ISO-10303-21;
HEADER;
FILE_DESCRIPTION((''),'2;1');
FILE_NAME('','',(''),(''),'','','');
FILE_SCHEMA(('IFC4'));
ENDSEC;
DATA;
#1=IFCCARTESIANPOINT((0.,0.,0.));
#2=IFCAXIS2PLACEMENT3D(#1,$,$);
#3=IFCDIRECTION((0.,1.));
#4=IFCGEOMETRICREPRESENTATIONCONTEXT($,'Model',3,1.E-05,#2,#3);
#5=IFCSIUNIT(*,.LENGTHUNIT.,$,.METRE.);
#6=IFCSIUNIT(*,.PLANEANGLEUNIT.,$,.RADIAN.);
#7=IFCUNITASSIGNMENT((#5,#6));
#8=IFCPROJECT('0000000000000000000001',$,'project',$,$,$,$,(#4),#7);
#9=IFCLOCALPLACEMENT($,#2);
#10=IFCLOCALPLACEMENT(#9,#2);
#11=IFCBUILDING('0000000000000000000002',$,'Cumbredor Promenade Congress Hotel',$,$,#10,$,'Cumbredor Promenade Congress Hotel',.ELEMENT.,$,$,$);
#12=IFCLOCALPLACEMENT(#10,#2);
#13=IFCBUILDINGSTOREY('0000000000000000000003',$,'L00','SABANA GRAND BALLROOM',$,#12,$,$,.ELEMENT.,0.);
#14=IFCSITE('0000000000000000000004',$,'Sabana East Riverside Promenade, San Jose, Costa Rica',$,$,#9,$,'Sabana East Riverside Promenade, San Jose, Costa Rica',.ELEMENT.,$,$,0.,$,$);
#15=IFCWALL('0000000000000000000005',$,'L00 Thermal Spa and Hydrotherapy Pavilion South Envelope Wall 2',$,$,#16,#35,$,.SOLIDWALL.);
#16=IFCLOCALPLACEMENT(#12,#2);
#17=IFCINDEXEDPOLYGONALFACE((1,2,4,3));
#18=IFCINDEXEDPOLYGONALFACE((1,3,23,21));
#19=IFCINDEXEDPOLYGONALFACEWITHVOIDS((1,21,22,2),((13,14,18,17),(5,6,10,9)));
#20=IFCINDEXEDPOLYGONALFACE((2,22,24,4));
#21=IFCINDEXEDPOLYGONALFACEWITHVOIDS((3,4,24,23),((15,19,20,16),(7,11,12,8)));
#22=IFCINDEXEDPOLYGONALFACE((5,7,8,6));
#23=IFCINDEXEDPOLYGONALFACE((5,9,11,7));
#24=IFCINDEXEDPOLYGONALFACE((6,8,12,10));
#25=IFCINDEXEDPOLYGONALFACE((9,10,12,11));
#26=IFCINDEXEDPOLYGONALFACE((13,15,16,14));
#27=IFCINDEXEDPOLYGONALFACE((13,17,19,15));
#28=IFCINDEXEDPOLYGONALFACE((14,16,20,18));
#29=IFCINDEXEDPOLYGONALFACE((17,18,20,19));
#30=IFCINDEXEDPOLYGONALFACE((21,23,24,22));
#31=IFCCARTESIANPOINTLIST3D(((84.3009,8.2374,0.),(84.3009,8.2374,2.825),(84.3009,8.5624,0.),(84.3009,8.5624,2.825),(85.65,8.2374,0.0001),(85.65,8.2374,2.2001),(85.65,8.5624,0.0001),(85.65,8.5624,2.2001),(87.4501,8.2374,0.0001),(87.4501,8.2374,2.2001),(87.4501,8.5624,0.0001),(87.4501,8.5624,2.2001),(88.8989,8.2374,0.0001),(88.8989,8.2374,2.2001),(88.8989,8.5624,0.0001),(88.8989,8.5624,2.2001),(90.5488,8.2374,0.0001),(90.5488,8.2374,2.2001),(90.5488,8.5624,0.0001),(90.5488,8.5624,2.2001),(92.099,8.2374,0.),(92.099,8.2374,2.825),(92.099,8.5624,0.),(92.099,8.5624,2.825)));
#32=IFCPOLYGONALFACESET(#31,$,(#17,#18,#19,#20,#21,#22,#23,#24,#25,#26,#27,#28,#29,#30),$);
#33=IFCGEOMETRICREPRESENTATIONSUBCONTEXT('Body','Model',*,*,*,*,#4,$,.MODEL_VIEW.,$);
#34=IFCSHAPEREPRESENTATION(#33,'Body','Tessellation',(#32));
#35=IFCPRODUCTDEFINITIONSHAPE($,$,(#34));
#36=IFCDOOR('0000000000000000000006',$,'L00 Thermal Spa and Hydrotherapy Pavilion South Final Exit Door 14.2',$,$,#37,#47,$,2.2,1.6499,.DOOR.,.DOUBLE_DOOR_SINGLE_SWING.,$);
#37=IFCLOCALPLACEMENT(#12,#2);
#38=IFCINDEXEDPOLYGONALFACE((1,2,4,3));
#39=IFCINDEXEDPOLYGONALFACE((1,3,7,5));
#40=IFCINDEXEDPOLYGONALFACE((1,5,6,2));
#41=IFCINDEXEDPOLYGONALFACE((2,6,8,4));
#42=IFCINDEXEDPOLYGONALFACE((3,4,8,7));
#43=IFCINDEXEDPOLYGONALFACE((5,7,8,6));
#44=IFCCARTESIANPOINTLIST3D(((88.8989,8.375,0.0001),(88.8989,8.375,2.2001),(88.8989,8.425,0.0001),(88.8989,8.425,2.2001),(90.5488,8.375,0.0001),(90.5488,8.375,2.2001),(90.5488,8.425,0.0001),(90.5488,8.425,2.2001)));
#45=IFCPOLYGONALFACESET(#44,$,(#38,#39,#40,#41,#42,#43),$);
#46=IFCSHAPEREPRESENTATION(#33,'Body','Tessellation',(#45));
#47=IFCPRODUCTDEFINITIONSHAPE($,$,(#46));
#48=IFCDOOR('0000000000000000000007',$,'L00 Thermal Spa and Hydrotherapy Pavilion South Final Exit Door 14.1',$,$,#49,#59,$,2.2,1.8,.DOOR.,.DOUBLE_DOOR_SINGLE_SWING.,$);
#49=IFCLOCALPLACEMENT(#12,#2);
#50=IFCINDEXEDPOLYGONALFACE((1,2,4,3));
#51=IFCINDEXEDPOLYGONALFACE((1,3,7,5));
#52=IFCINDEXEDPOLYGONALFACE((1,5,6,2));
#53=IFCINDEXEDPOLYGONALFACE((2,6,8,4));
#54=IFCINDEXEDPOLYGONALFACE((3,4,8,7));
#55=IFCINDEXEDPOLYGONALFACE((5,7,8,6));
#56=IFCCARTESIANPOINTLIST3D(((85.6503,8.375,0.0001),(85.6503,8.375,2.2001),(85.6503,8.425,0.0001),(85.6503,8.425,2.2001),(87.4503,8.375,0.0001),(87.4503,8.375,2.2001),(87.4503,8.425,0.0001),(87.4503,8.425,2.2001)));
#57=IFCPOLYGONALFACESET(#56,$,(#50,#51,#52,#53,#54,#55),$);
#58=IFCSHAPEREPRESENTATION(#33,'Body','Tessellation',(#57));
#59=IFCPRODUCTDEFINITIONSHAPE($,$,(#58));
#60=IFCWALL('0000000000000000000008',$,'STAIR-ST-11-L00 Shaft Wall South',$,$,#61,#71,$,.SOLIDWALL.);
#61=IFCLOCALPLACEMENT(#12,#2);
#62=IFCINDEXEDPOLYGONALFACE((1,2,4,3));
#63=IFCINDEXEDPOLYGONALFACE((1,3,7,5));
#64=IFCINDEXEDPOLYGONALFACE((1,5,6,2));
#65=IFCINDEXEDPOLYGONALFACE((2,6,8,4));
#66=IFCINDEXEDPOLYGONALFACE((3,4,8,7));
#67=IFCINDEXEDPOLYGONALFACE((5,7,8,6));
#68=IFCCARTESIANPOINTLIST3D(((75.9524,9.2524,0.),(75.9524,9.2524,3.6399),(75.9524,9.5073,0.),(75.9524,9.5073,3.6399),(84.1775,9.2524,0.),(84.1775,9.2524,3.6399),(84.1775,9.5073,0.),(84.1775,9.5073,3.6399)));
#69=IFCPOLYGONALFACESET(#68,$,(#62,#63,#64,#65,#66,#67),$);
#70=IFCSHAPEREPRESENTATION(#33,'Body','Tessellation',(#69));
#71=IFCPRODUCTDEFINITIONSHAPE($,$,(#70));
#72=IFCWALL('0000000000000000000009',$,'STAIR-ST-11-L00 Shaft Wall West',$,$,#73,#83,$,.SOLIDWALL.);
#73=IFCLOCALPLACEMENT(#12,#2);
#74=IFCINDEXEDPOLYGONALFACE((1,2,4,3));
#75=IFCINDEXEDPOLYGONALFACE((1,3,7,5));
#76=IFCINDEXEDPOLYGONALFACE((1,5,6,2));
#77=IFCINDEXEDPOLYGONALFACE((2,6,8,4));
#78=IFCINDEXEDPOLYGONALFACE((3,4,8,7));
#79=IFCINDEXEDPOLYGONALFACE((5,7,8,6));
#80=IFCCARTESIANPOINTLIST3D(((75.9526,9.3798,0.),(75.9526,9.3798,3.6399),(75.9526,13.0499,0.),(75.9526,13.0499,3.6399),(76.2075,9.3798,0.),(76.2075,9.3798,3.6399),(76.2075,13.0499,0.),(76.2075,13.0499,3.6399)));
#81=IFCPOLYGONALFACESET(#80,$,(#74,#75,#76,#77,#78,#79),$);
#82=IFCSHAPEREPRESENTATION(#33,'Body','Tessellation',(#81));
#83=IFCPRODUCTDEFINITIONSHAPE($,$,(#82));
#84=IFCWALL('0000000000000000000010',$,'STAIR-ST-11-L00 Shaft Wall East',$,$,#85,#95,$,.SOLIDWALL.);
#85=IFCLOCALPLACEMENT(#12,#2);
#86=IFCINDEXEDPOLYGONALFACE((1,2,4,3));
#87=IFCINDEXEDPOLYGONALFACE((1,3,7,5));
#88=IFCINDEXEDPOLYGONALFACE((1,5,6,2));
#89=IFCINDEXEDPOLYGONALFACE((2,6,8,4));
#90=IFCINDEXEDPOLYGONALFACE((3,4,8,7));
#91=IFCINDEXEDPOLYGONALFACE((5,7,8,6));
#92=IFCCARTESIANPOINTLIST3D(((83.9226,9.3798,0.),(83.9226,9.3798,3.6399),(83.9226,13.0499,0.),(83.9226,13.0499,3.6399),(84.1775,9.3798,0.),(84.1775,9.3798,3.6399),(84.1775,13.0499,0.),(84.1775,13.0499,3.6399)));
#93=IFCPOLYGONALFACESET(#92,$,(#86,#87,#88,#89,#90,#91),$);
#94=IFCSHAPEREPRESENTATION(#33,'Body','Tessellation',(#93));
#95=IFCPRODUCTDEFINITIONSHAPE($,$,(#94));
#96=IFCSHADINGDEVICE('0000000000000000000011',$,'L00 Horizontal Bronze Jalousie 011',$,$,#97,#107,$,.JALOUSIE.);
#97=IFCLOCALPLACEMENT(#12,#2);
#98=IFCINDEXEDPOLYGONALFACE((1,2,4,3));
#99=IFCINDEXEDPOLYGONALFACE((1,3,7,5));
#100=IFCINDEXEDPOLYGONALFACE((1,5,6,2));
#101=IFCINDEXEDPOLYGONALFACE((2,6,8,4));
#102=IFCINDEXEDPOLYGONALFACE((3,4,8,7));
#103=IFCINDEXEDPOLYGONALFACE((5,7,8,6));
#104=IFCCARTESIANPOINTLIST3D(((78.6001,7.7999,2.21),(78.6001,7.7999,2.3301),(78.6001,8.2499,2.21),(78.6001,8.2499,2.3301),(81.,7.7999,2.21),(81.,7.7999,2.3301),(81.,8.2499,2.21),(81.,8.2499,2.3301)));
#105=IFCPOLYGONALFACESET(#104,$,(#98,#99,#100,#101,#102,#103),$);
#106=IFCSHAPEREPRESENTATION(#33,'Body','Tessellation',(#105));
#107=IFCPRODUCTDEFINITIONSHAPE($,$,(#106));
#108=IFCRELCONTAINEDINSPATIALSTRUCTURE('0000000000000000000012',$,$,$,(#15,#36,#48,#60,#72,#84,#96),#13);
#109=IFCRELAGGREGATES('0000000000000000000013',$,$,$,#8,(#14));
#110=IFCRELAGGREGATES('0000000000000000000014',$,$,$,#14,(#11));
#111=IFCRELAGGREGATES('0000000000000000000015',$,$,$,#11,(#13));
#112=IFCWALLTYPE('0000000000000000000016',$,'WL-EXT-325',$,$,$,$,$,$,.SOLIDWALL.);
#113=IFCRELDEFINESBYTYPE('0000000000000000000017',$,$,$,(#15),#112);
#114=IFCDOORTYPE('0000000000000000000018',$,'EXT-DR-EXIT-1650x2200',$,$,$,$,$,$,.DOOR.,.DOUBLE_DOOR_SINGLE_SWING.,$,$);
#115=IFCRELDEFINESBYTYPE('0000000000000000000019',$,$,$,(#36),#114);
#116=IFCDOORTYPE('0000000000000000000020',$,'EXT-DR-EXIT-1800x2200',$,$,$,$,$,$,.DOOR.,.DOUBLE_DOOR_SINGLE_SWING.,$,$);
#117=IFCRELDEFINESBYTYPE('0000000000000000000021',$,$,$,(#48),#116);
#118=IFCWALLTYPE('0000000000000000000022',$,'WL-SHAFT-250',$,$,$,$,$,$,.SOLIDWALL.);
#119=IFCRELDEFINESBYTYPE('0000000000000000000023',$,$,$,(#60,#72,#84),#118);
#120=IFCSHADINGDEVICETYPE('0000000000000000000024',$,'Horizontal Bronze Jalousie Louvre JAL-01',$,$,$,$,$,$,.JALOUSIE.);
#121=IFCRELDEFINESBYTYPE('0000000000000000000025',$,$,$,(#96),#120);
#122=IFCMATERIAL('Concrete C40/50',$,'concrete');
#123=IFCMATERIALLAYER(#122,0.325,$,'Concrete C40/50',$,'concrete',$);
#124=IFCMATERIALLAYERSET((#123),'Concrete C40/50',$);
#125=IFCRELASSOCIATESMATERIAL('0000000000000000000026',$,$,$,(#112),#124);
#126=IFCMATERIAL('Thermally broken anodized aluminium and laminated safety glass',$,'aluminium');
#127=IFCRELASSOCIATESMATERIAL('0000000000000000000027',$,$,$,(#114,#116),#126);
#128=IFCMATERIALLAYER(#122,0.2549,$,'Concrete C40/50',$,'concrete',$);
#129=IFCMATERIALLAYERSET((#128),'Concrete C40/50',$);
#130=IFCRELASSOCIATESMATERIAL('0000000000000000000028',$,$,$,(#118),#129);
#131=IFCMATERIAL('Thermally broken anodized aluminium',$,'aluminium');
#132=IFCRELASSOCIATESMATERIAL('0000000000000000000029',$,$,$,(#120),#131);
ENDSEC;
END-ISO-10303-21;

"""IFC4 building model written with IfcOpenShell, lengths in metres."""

from ifc_helpers import new_model, si_unit, direction, frame, frame_2d, origin, origin_2d, place, context, subcontext, project, spatial, rectangle, extrude, material, layer, layer_set, type_object, element, fill, save


model = new_model("IFC4")

# Units and contexts
model_context = context("Model", 3, precision=1e-05, world=origin(), true_north=direction((0.0, 1.0)))
body_context = subcontext(model_context, "Body", "Model", "MODEL_VIEW")
ifc_project = project(units=[si_unit("LENGTHUNIT", "METRE"), si_unit("PLANEANGLEUNIT", "RADIAN")], contexts=[model_context])

# Site, building, storey
site_placement = place(None, origin())
site = spatial("IfcSite", under=ifc_project, at=site_placement, Name="Sabana East Riverside Promenade, San Jose, Costa Rica", LongName="Sabana East Riverside Promenade, San Jose, Costa Rica", CompositionType="ELEMENT", RefElevation=0.0)
building_placement = place(site_placement, origin())
building = spatial("IfcBuilding", under=site, at=building_placement, Name="Cumbredor Promenade Congress Hotel", LongName="Cumbredor Promenade Congress Hotel", CompositionType="ELEMENT")
storey_placement = place(building_placement, origin())
storey = spatial("IfcBuildingStorey", under=building, at=storey_placement, Name="L00", Description="SABANA GRAND BALLROOM", CompositionType="ELEMENT", Elevation=0.0)

# Shared definitions
ifc_material_1 = material(Name="Concrete C40/50", Category="concrete")

# Shared definitions
ifc_material_2 = material(Name="Thermally broken anodized aluminium", Category="aluminium")

# Wall, openings, doors
ifc_layer_1 = layer(ifc_material_1, 0.325, Name="Concrete C40/50", Category="concrete")
ifc_layer_set_1 = layer_set([ifc_layer_1], Name="Concrete C40/50")
wall_type_1 = type_object("IfcWallType", Name="WL-EXT-325", PredefinedType="SOLIDWALL", material=ifc_layer_set_1)
wall_1_placement = place(storey_placement, frame((84.301, 8.3999, 0.0), z_axis=(0.0, 0.0, 1.0), x_axis=(1.0, 0.0, 0.0)))
wall_1 = element("IfcWall", 1, at=wall_1_placement, inside=storey, type_object=wall_type_1, Name="L00 Thermal Spa and Hydrotherapy Pavilion South Envelope Wall 2", PredefinedType="SOLIDWALL", context=body_context, shape_type="SweptSolid", body=[
    extrude(rectangle(XDim=7.7981, YDim=0.325, at=frame_2d((3.8989, 0.0))), origin(), (0.0, 0.0, 1.0), 2.825),
])
opening_1_placement = place(wall_1_placement, frame((1.3491, 0.0, 0.0)))
opening_1 = element("IfcOpeningElement", 2, at=opening_1_placement, cuts=wall_1, PredefinedType="OPENING", context=body_context, shape_type="SweptSolid", body=[
    extrude(rectangle(XDim=1.8, YDim=2.2, at=frame_2d((0.8999, 1.1001))), frame((0.0, 0.1724, 0.0), z_axis=(0.0, -1.0, 0.0), x_axis=(1.0, 0.0, 0.0)), (0.0, 0.0, 1.0), 0.345),
])
opening_2_placement = place(wall_1_placement, frame((4.5979, 0.0, 0.0)))
opening_2 = element("IfcOpeningElement", 3, at=opening_2_placement, cuts=wall_1, PredefinedType="OPENING", context=body_context, shape_type="SweptSolid", body=[
    extrude(rectangle(XDim=1.6499, YDim=2.2, at=frame_2d((0.825, 1.1001))), frame((0.0, 0.1724, 0.0), z_axis=(0.0, -1.0, 0.0), x_axis=(1.0, 0.0, 0.0)), (0.0, 0.0, 1.0), 0.345),
])
ifc_material_3 = material(Name="Thermally broken anodized aluminium and laminated safety glass", Category="aluminium")
door_type_1 = type_object("IfcDoorType", Name="EXT-DR-EXIT-1650x2200", OperationType="DOUBLE_DOOR_SINGLE_SWING", PredefinedType="DOOR", material=ifc_material_3)
door_1_placement = place(opening_2_placement, frame((1.6499, 0.0, 0.0), z_axis=(0.0, 0.0, 1.0), x_axis=(-1.0, 0.0, 0.0)))
door_1 = element("IfcDoor", 4, at=door_1_placement, inside=storey, type_object=door_type_1, Name="L00 Thermal Spa and Hydrotherapy Pavilion South Final Exit Door 14.2", OperationType="DOUBLE_DOOR_SINGLE_SWING", OverallHeight=2.2, OverallWidth=1.6499, PredefinedType="DOOR", context=body_context, shape_type="SweptSolid", body=[
    extrude(rectangle(XDim=1.6499, YDim=2.2, at=frame_2d((0.825, 1.1001))), frame((0.0, 0.0249, 0.0), z_axis=(0.0, -1.0, 0.0), x_axis=(1.0, 0.0, 0.0)), (0.0, 0.0, 1.0), 0.05),
])
fill(opening_2, door_1)
door_type_2 = type_object("IfcDoorType", Name="EXT-DR-EXIT-1800x2200", OperationType="DOUBLE_DOOR_SINGLE_SWING", PredefinedType="DOOR", material=ifc_material_3)
door_2_placement = place(opening_1_placement, frame((1.8, 0.0, 0.0), z_axis=(0.0, 0.0, 1.0), x_axis=(-1.0, 0.0, 0.0)))
door_2 = element("IfcDoor", 5, at=door_2_placement, inside=storey, type_object=door_type_2, Name="L00 Thermal Spa and Hydrotherapy Pavilion South Final Exit Door 14.1", OperationType="DOUBLE_DOOR_SINGLE_SWING", OverallHeight=2.2, OverallWidth=1.8, PredefinedType="DOOR", context=body_context, shape_type="SweptSolid", body=[
    extrude(rectangle(XDim=1.8, YDim=2.2, at=frame_2d((0.8999, 1.1001))), frame((0.0, 0.0249, 0.0), z_axis=(0.0, -1.0, 0.0), x_axis=(1.0, 0.0, 0.0)), (0.0, 0.0, 1.0), 0.05),
])
fill(opening_1, door_2)

# Walls
ifc_layer_2 = layer(ifc_material_1, 0.2549, Name="Concrete C40/50", Category="concrete")
ifc_layer_set_2 = layer_set([ifc_layer_2], Name="Concrete C40/50")
wall_type_2 = type_object("IfcWallType", Name="WL-SHAFT-250", PredefinedType="SOLIDWALL", material=ifc_layer_set_2)
wall_2_placement = place(storey_placement, frame((75.9524, 9.3799, 0.0), z_axis=(0.0, 0.0, 1.0), x_axis=(1.0, 0.0, 0.0)))
element("IfcWall", 6, at=wall_2_placement, inside=storey, type_object=wall_type_2, Name="STAIR-ST-11-L00 Shaft Wall South", PredefinedType="SOLIDWALL", context=body_context, shape_type="SweptSolid", body=[
    extrude(rectangle(XDim=8.2251, YDim=0.2549, at=frame_2d((4.1125, 0.0))), origin(), (0.0, 0.0, 1.0), 3.6399),
])
for number, where, z_axis, x_axis, name in (
    (7, (76.0801, 9.3799, 0.0), (0.0, 0.0, 1.0), (0.0, 1.0, 0.0), "STAIR-ST-11-L00 Shaft Wall West"),
    (8, (84.05, 9.3799, 0.0), (0.0, 0.0, 1.0), (0.0, 1.0, 0.0), "STAIR-ST-11-L00 Shaft Wall East"),
):
    element("IfcWall", number, at=place(storey_placement, frame(where, z_axis=z_axis, x_axis=x_axis)), inside=storey, type_object=wall_type_2, Name=name, PredefinedType="SOLIDWALL", context=body_context, shape_type="SweptSolid", body=[
        extrude(rectangle(XDim=3.6702, YDim=0.2549, at=frame_2d((1.835, 0.0))), origin(), (0.0, 0.0, 1.0), 3.6399),
    ])

# Shading device
shading_device_type = type_object("IfcShadingDeviceType", Name="Horizontal Bronze Jalousie Louvre JAL-01", PredefinedType="JALOUSIE", material=ifc_material_2)
shading_device_placement = place(storey_placement, frame((79.8, 8.0249, 2.21), z_axis=(0.0, 0.0, 1.0), x_axis=(1.0, 0.0, 0.0)))
element("IfcShadingDevice", 9, at=shading_device_placement, inside=storey, type_object=shading_device_type, Name="L00 Horizontal Bronze Jalousie 011", PredefinedType="JALOUSIE", context=body_context, shape_type="SweptSolid", body=[
    extrude(rectangle(XDim=2.3999, YDim=0.45, at=origin_2d()), origin(), (0.0, 0.0, 1.0), 0.1201),
])

save(model, "model.ifc")
